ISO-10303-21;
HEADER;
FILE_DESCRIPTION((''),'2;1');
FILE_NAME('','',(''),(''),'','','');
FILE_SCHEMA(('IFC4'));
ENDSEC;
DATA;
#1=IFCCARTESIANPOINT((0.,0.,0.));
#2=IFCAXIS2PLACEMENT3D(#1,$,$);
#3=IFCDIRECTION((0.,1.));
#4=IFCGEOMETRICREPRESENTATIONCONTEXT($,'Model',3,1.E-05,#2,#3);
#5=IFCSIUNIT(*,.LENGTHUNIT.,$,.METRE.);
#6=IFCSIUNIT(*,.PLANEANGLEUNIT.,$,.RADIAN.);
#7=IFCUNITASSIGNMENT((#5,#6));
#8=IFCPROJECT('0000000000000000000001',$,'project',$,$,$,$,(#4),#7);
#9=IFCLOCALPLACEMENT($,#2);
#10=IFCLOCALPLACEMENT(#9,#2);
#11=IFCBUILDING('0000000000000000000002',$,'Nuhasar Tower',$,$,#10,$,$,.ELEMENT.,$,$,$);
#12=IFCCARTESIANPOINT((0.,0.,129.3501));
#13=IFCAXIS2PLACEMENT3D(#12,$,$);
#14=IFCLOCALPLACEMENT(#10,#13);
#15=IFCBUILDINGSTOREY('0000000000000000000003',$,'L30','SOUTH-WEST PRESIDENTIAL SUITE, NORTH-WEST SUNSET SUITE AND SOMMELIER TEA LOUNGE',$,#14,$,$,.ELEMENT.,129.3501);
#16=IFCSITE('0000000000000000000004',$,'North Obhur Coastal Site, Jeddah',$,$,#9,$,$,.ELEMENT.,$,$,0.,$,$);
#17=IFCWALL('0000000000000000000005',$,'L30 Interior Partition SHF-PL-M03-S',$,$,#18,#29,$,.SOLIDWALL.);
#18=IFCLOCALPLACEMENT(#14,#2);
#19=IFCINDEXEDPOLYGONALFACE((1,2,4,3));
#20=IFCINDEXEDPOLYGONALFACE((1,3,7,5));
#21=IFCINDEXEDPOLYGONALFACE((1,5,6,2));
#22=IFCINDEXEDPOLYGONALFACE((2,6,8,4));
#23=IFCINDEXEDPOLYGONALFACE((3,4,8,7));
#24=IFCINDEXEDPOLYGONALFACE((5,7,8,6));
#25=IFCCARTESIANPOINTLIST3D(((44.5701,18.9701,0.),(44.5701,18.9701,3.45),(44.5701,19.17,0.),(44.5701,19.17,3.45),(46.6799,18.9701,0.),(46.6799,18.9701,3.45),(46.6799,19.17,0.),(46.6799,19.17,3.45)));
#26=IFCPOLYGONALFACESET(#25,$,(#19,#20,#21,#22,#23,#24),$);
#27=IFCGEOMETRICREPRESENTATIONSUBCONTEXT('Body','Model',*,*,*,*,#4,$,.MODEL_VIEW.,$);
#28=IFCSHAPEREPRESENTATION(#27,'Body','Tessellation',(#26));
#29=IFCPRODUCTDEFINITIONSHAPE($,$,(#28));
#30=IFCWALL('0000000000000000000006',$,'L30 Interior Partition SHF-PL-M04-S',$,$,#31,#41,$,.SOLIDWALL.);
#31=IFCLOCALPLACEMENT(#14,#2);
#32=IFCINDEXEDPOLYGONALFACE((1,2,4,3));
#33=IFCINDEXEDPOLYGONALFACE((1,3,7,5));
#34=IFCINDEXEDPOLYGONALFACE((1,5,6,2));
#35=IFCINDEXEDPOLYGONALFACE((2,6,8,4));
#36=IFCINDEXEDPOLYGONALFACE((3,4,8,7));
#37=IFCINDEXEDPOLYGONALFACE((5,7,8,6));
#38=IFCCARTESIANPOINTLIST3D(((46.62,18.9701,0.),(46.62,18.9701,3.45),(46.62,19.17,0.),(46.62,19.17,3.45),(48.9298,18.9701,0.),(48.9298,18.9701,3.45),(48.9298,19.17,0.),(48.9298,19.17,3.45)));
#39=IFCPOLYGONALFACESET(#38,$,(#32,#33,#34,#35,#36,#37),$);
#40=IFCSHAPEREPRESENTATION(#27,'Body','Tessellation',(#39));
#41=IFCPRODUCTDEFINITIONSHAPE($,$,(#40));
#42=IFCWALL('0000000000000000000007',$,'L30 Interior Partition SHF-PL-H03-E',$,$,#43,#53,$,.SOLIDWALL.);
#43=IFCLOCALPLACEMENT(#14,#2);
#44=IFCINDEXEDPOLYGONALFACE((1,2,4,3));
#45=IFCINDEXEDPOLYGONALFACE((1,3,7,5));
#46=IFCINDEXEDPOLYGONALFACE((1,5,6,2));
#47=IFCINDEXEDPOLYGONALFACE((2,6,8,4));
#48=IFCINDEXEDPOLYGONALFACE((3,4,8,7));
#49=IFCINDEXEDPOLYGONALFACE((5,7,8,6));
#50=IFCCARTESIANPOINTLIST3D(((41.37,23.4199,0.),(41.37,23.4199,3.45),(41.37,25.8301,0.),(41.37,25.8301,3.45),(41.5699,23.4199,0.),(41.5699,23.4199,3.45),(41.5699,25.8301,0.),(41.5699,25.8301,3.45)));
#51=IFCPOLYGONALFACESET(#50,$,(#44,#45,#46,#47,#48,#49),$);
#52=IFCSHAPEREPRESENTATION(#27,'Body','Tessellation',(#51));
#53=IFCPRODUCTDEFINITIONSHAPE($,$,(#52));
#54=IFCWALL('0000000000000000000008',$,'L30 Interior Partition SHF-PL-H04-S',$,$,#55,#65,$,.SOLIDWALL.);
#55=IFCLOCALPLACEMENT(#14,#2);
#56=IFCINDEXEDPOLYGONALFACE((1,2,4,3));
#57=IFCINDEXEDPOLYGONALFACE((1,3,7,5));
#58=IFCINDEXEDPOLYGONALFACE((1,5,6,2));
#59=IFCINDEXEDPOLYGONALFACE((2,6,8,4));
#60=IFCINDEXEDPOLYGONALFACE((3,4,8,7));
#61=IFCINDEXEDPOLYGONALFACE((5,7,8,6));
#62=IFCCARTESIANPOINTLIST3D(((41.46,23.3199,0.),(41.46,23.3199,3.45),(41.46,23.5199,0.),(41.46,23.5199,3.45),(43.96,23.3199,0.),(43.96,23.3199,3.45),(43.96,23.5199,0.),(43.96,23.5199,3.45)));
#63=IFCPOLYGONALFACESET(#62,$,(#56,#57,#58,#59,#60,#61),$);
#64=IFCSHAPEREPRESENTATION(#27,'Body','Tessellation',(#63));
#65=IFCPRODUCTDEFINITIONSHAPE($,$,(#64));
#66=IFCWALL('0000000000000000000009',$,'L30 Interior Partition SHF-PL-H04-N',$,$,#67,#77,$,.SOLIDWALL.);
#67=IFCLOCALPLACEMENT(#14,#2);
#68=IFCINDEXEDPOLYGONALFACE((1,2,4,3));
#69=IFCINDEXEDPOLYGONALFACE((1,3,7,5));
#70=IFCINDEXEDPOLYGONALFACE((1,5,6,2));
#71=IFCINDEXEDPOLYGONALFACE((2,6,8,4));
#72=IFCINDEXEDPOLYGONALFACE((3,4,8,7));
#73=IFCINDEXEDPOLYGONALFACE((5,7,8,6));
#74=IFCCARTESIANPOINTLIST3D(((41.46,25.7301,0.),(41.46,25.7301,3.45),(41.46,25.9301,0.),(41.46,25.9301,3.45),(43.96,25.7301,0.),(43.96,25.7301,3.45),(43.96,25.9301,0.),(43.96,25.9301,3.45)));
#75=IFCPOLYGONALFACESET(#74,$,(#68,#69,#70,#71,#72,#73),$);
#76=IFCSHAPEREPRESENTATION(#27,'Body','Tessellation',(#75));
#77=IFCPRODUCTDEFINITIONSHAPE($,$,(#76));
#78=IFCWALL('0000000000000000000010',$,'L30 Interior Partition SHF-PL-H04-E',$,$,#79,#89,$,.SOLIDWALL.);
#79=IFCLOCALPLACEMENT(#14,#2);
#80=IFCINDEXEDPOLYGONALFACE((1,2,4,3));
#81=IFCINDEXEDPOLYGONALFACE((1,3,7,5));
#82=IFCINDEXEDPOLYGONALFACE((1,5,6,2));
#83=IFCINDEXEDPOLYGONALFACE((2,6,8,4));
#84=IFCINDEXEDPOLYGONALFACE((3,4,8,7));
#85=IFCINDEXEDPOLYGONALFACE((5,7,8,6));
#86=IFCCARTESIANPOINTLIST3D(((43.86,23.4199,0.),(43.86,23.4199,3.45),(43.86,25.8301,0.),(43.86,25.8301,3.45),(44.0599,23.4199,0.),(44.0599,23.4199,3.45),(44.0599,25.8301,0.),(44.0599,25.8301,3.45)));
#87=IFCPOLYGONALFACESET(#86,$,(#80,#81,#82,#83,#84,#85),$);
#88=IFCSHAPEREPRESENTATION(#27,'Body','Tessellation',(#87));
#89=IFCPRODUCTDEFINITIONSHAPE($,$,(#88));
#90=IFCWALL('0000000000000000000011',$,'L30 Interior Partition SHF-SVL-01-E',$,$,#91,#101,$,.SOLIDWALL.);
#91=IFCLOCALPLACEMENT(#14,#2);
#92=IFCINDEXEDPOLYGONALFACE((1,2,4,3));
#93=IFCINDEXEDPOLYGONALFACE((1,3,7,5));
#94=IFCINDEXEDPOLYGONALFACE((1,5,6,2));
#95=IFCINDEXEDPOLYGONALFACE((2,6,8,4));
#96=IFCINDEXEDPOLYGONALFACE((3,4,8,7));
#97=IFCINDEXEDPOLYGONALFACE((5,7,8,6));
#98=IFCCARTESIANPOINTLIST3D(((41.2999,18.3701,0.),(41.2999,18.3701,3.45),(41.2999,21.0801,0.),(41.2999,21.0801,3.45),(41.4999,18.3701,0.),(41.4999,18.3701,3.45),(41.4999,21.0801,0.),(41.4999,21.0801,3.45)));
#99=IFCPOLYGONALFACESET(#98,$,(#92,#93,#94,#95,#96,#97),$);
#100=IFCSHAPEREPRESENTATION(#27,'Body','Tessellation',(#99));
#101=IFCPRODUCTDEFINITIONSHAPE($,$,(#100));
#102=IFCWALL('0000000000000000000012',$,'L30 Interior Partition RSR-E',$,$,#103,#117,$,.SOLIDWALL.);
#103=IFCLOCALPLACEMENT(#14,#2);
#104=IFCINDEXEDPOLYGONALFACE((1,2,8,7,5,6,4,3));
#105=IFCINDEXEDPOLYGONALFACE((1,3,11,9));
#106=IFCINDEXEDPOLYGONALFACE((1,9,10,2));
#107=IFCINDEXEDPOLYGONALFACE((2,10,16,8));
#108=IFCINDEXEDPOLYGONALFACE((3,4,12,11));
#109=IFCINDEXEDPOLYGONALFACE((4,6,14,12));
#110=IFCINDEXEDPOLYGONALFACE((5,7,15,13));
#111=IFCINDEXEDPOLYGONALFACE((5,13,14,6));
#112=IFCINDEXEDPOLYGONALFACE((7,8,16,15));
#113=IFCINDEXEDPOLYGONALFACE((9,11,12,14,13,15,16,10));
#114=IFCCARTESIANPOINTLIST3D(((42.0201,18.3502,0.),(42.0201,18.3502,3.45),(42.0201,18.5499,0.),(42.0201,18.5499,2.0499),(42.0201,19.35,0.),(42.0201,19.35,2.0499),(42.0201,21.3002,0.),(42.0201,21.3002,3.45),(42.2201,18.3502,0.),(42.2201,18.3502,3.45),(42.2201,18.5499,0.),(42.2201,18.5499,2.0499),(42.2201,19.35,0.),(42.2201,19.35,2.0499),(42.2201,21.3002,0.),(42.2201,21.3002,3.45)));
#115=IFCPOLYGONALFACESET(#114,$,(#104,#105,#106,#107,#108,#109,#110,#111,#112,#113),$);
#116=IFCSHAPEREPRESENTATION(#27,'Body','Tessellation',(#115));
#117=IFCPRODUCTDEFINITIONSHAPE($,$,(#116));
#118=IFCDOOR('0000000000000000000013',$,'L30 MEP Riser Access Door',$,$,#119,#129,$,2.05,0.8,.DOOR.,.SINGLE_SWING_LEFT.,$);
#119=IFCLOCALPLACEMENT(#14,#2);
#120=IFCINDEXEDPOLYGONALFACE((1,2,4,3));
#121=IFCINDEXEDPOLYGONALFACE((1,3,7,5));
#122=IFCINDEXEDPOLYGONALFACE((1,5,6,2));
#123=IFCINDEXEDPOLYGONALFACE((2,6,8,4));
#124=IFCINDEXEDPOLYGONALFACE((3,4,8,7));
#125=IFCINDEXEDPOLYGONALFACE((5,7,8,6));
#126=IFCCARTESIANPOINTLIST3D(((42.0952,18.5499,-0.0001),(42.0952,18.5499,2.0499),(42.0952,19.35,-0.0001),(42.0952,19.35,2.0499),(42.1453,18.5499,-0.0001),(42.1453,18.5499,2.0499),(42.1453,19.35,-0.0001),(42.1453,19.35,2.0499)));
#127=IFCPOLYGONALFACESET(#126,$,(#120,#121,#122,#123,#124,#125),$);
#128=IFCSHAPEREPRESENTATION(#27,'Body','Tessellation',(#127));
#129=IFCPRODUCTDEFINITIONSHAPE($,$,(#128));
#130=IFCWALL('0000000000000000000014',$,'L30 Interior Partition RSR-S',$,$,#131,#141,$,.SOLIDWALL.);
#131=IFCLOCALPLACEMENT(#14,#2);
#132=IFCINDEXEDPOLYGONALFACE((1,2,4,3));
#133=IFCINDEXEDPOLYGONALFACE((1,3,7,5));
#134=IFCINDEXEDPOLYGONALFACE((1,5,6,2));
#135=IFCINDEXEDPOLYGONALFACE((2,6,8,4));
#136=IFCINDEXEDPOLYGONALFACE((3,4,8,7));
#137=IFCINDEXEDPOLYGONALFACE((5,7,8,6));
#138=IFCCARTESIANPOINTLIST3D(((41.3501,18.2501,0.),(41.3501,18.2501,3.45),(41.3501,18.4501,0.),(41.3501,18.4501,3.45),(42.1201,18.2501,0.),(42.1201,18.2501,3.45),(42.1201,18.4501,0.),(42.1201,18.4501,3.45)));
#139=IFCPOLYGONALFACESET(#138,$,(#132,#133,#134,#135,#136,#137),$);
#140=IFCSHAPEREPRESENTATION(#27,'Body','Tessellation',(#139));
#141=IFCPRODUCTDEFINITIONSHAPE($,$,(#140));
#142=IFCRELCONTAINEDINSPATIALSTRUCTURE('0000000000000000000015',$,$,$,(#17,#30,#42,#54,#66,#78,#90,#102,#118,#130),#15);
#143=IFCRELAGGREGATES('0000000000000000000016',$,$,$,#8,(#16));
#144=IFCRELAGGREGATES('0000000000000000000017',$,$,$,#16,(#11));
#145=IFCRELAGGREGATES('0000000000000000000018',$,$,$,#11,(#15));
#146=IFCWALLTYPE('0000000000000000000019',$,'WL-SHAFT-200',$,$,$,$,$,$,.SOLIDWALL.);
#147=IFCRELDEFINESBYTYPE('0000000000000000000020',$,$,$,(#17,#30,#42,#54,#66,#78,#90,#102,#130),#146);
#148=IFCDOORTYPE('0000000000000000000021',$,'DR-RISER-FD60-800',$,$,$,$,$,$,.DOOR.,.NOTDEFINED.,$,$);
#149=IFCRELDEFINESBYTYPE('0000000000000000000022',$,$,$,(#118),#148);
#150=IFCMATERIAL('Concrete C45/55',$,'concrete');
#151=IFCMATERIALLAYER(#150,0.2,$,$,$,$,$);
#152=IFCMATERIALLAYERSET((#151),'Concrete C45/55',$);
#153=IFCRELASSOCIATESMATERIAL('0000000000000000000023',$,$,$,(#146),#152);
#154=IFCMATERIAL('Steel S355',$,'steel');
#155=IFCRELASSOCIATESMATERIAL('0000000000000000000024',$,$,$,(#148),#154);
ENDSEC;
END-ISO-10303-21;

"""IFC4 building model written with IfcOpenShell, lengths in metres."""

from ifc_helpers import new_model, si_unit, direction, frame, frame_2d, origin, place, context, subcontext, project, spatial, rectangle, extrude, material, layer, layer_set, type_object, element, fill, save


model = new_model("IFC4")

# Units and contexts
model_context = context("Model", 3, precision=1e-05, world=origin(), true_north=direction((0.0, 1.0)))
body_context = subcontext(model_context, "Body", "Model", "MODEL_VIEW")
ifc_project = project(units=[si_unit("LENGTHUNIT", "METRE"), si_unit("PLANEANGLEUNIT", "RADIAN")], contexts=[model_context])

# Site, building, storey
site_placement = place(None, origin())
site = spatial("IfcSite", under=ifc_project, at=site_placement, Name="North Obhur Coastal Site, Jeddah", CompositionType="ELEMENT", RefElevation=0.0)
building_placement = place(site_placement, origin())
building = spatial("IfcBuilding", under=site, at=building_placement, Name="Nuhasar Tower", CompositionType="ELEMENT")
storey_placement = place(building_placement, frame((0.0, 0.0, 129.3501)))
storey = spatial("IfcBuildingStorey", under=building, at=storey_placement, Name="L30", Description="SOUTH-WEST PRESIDENTIAL SUITE, NORTH-WEST SUNSET SUITE AND SOMMELIER TEA LOUNGE", CompositionType="ELEMENT", Elevation=129.3501)

# Shared definitions
ifc_material_1 = material(Name="Steel S355", Category="steel")

# Shared definitions
ifc_material_2 = material(Name="Concrete C45/55", Category="concrete")

# Shared definitions
ifc_layer_1 = layer(ifc_material_2, 0.2)
ifc_layer_set_1 = layer_set([ifc_layer_1], Name="Concrete C45/55")
wall_type_1 = type_object("IfcWallType", Name="WL-SHAFT-200", PredefinedType="SOLIDWALL", material=ifc_layer_set_1)

# Wall
wall_1_placement = place(storey_placement, frame((44.5701, 19.0701, 0.0), z_axis=(0.0, 0.0, 1.0), x_axis=(1.0, 0.0, 0.0)))
element("IfcWall", 1, at=wall_1_placement, inside=storey, type_object=wall_type_1, Name="L30 Interior Partition SHF-PL-M03-S", PredefinedType="SOLIDWALL", context=body_context, shape_type="SweptSolid", body=[
    extrude(rectangle(XDim=2.1099, YDim=0.2, at=frame_2d((1.0549, 0.0))), origin(), (0.0, 0.0, 1.0), 3.45),
])

# Wall
wall_2_placement = place(storey_placement, frame((46.6201, 19.0701, 0.0), z_axis=(0.0, 0.0, 1.0), x_axis=(1.0, 0.0, 0.0)))
element("IfcWall", 2, at=wall_2_placement, inside=storey, type_object=wall_type_1, Name="L30 Interior Partition SHF-PL-M04-S", PredefinedType="SOLIDWALL", context=body_context, shape_type="SweptSolid", body=[
    extrude(rectangle(XDim=2.3098, YDim=0.2, at=frame_2d((1.1548, 0.0))), origin(), (0.0, 0.0, 1.0), 3.45),
])

# Walls
wall_3_placement = place(storey_placement, frame((41.47, 23.4199, 0.0), z_axis=(0.0, 0.0, 1.0), x_axis=(0.0, 1.0, 0.0)))
element("IfcWall", 3, at=wall_3_placement, inside=storey, type_object=wall_type_1, Name="L30 Interior Partition SHF-PL-H03-E", PredefinedType="SOLIDWALL", context=body_context, shape_type="SweptSolid", body=[
    extrude(rectangle(XDim=2.4102, YDim=0.2, at=frame_2d((1.2051, 0.0))), origin(), (0.0, 0.0, 1.0), 3.45),
])
for number, where, z_axis, x_axis, name in (
    (4, (41.46, 23.4199, 0.0), (0.0, 0.0, 1.0), (1.0, 0.0, 0.0), "L30 Interior Partition SHF-PL-H04-S"),
    (5, (41.46, 25.8301, 0.0), (0.0, 0.0, 1.0), (1.0, 0.0, 0.0), "L30 Interior Partition SHF-PL-H04-N"),
):
    element("IfcWall", number, at=place(storey_placement, frame(where, z_axis=z_axis, x_axis=x_axis)), inside=storey, type_object=wall_type_1, Name=name, PredefinedType="SOLIDWALL", context=body_context, shape_type="SweptSolid", body=[
        extrude(rectangle(XDim=2.5, YDim=0.2, at=frame_2d((1.25, 0.0))), origin(), (0.0, 0.0, 1.0), 3.45),
    ])
wall_4_placement = place(storey_placement, frame((43.96, 23.4199, 0.0), z_axis=(0.0, 0.0, 1.0), x_axis=(0.0, 1.0, 0.0)))
element("IfcWall", 6, at=wall_4_placement, inside=storey, type_object=wall_type_1, Name="L30 Interior Partition SHF-PL-H04-E", PredefinedType="SOLIDWALL", context=body_context, shape_type="SweptSolid", body=[
    extrude(rectangle(XDim=2.4102, YDim=0.2, at=frame_2d((1.2051, 0.0))), origin(), (0.0, 0.0, 1.0), 3.45),
])
wall_5_placement = place(storey_placement, frame((41.3999, 18.3701, 0.0), z_axis=(0.0, 0.0, 1.0), x_axis=(0.0, 1.0, 0.0)))
element("IfcWall", 7, at=wall_5_placement, inside=storey, type_object=wall_type_1, Name="L30 Interior Partition SHF-SVL-01-E", PredefinedType="SOLIDWALL", context=body_context, shape_type="SweptSolid", body=[
    extrude(rectangle(XDim=2.71, YDim=0.2, at=frame_2d((1.355, 0.0))), origin(), (0.0, 0.0, 1.0), 3.45),
])

# Wall, opening, door
wall_6_placement = place(storey_placement, frame((42.1201, 18.3501, 0.0), z_axis=(0.0, 0.0, 1.0), x_axis=(0.0, 1.0, 0.0)))
wall_6 = element("IfcWall", 8, at=wall_6_placement, inside=storey, type_object=wall_type_1, Name="L30 Interior Partition RSR-E", PredefinedType="SOLIDWALL", context=body_context, shape_type="SweptSolid", body=[
    extrude(rectangle(XDim=2.95, YDim=0.2, at=frame_2d((1.4751, 0.0))), origin(), (0.0, 0.0, 1.0), 3.45),
])
opening_1_placement = place(wall_6_placement, frame((0.2, 0.0, 0.0)))
opening_1 = element("IfcOpeningElement", 9, at=opening_1_placement, cuts=wall_6, PredefinedType="OPENING", context=body_context, shape_type="SweptSolid", body=[
    extrude(rectangle(XDim=0.8, YDim=2.05, at=frame_2d((0.3999, 1.0249))), frame((0.0, 0.1099, 0.0), z_axis=(0.0, -1.0, 0.0), x_axis=(1.0, 0.0, 0.0)), (0.0, 0.0, 1.0), 0.22),
])
door_type_1 = type_object("IfcDoorType", Name="DR-RISER-FD60-800", OperationType="NOTDEFINED", PredefinedType="DOOR", material=ifc_material_1)
door_1_placement = place(opening_1_placement, origin())
door_1 = element("IfcDoor", 10, at=door_1_placement, inside=storey, type_object=door_type_1, Name="L30 MEP Riser Access Door", OperationType="SINGLE_SWING_LEFT", OverallHeight=2.05, OverallWidth=0.8, PredefinedType="DOOR", context=body_context, shape_type="SweptSolid", body=[
    extrude(rectangle(XDim=0.8, YDim=2.05, at=frame_2d((0.3999, 1.0249))), frame((0.0, 0.0249, 0.0), z_axis=(0.0, -1.0, 0.0), x_axis=(1.0, 0.0, 0.0)), (0.0, 0.0, 1.0), 0.05),
])
fill(opening_1, door_1)

# Wall
wall_7_placement = place(storey_placement, frame((41.3501, 18.3501, 0.0), z_axis=(0.0, 0.0, 1.0), x_axis=(1.0, 0.0, 0.0)))
element("IfcWall", 11, at=wall_7_placement, inside=storey, type_object=wall_type_1, Name="L30 Interior Partition RSR-S", PredefinedType="SOLIDWALL", context=body_context, shape_type="SweptSolid", body=[
    extrude(rectangle(XDim=0.77, YDim=0.2, at=frame_2d((0.385, 0.0))), origin(), (0.0, 0.0, 1.0), 3.45),
])

save(model, "model.ifc")
